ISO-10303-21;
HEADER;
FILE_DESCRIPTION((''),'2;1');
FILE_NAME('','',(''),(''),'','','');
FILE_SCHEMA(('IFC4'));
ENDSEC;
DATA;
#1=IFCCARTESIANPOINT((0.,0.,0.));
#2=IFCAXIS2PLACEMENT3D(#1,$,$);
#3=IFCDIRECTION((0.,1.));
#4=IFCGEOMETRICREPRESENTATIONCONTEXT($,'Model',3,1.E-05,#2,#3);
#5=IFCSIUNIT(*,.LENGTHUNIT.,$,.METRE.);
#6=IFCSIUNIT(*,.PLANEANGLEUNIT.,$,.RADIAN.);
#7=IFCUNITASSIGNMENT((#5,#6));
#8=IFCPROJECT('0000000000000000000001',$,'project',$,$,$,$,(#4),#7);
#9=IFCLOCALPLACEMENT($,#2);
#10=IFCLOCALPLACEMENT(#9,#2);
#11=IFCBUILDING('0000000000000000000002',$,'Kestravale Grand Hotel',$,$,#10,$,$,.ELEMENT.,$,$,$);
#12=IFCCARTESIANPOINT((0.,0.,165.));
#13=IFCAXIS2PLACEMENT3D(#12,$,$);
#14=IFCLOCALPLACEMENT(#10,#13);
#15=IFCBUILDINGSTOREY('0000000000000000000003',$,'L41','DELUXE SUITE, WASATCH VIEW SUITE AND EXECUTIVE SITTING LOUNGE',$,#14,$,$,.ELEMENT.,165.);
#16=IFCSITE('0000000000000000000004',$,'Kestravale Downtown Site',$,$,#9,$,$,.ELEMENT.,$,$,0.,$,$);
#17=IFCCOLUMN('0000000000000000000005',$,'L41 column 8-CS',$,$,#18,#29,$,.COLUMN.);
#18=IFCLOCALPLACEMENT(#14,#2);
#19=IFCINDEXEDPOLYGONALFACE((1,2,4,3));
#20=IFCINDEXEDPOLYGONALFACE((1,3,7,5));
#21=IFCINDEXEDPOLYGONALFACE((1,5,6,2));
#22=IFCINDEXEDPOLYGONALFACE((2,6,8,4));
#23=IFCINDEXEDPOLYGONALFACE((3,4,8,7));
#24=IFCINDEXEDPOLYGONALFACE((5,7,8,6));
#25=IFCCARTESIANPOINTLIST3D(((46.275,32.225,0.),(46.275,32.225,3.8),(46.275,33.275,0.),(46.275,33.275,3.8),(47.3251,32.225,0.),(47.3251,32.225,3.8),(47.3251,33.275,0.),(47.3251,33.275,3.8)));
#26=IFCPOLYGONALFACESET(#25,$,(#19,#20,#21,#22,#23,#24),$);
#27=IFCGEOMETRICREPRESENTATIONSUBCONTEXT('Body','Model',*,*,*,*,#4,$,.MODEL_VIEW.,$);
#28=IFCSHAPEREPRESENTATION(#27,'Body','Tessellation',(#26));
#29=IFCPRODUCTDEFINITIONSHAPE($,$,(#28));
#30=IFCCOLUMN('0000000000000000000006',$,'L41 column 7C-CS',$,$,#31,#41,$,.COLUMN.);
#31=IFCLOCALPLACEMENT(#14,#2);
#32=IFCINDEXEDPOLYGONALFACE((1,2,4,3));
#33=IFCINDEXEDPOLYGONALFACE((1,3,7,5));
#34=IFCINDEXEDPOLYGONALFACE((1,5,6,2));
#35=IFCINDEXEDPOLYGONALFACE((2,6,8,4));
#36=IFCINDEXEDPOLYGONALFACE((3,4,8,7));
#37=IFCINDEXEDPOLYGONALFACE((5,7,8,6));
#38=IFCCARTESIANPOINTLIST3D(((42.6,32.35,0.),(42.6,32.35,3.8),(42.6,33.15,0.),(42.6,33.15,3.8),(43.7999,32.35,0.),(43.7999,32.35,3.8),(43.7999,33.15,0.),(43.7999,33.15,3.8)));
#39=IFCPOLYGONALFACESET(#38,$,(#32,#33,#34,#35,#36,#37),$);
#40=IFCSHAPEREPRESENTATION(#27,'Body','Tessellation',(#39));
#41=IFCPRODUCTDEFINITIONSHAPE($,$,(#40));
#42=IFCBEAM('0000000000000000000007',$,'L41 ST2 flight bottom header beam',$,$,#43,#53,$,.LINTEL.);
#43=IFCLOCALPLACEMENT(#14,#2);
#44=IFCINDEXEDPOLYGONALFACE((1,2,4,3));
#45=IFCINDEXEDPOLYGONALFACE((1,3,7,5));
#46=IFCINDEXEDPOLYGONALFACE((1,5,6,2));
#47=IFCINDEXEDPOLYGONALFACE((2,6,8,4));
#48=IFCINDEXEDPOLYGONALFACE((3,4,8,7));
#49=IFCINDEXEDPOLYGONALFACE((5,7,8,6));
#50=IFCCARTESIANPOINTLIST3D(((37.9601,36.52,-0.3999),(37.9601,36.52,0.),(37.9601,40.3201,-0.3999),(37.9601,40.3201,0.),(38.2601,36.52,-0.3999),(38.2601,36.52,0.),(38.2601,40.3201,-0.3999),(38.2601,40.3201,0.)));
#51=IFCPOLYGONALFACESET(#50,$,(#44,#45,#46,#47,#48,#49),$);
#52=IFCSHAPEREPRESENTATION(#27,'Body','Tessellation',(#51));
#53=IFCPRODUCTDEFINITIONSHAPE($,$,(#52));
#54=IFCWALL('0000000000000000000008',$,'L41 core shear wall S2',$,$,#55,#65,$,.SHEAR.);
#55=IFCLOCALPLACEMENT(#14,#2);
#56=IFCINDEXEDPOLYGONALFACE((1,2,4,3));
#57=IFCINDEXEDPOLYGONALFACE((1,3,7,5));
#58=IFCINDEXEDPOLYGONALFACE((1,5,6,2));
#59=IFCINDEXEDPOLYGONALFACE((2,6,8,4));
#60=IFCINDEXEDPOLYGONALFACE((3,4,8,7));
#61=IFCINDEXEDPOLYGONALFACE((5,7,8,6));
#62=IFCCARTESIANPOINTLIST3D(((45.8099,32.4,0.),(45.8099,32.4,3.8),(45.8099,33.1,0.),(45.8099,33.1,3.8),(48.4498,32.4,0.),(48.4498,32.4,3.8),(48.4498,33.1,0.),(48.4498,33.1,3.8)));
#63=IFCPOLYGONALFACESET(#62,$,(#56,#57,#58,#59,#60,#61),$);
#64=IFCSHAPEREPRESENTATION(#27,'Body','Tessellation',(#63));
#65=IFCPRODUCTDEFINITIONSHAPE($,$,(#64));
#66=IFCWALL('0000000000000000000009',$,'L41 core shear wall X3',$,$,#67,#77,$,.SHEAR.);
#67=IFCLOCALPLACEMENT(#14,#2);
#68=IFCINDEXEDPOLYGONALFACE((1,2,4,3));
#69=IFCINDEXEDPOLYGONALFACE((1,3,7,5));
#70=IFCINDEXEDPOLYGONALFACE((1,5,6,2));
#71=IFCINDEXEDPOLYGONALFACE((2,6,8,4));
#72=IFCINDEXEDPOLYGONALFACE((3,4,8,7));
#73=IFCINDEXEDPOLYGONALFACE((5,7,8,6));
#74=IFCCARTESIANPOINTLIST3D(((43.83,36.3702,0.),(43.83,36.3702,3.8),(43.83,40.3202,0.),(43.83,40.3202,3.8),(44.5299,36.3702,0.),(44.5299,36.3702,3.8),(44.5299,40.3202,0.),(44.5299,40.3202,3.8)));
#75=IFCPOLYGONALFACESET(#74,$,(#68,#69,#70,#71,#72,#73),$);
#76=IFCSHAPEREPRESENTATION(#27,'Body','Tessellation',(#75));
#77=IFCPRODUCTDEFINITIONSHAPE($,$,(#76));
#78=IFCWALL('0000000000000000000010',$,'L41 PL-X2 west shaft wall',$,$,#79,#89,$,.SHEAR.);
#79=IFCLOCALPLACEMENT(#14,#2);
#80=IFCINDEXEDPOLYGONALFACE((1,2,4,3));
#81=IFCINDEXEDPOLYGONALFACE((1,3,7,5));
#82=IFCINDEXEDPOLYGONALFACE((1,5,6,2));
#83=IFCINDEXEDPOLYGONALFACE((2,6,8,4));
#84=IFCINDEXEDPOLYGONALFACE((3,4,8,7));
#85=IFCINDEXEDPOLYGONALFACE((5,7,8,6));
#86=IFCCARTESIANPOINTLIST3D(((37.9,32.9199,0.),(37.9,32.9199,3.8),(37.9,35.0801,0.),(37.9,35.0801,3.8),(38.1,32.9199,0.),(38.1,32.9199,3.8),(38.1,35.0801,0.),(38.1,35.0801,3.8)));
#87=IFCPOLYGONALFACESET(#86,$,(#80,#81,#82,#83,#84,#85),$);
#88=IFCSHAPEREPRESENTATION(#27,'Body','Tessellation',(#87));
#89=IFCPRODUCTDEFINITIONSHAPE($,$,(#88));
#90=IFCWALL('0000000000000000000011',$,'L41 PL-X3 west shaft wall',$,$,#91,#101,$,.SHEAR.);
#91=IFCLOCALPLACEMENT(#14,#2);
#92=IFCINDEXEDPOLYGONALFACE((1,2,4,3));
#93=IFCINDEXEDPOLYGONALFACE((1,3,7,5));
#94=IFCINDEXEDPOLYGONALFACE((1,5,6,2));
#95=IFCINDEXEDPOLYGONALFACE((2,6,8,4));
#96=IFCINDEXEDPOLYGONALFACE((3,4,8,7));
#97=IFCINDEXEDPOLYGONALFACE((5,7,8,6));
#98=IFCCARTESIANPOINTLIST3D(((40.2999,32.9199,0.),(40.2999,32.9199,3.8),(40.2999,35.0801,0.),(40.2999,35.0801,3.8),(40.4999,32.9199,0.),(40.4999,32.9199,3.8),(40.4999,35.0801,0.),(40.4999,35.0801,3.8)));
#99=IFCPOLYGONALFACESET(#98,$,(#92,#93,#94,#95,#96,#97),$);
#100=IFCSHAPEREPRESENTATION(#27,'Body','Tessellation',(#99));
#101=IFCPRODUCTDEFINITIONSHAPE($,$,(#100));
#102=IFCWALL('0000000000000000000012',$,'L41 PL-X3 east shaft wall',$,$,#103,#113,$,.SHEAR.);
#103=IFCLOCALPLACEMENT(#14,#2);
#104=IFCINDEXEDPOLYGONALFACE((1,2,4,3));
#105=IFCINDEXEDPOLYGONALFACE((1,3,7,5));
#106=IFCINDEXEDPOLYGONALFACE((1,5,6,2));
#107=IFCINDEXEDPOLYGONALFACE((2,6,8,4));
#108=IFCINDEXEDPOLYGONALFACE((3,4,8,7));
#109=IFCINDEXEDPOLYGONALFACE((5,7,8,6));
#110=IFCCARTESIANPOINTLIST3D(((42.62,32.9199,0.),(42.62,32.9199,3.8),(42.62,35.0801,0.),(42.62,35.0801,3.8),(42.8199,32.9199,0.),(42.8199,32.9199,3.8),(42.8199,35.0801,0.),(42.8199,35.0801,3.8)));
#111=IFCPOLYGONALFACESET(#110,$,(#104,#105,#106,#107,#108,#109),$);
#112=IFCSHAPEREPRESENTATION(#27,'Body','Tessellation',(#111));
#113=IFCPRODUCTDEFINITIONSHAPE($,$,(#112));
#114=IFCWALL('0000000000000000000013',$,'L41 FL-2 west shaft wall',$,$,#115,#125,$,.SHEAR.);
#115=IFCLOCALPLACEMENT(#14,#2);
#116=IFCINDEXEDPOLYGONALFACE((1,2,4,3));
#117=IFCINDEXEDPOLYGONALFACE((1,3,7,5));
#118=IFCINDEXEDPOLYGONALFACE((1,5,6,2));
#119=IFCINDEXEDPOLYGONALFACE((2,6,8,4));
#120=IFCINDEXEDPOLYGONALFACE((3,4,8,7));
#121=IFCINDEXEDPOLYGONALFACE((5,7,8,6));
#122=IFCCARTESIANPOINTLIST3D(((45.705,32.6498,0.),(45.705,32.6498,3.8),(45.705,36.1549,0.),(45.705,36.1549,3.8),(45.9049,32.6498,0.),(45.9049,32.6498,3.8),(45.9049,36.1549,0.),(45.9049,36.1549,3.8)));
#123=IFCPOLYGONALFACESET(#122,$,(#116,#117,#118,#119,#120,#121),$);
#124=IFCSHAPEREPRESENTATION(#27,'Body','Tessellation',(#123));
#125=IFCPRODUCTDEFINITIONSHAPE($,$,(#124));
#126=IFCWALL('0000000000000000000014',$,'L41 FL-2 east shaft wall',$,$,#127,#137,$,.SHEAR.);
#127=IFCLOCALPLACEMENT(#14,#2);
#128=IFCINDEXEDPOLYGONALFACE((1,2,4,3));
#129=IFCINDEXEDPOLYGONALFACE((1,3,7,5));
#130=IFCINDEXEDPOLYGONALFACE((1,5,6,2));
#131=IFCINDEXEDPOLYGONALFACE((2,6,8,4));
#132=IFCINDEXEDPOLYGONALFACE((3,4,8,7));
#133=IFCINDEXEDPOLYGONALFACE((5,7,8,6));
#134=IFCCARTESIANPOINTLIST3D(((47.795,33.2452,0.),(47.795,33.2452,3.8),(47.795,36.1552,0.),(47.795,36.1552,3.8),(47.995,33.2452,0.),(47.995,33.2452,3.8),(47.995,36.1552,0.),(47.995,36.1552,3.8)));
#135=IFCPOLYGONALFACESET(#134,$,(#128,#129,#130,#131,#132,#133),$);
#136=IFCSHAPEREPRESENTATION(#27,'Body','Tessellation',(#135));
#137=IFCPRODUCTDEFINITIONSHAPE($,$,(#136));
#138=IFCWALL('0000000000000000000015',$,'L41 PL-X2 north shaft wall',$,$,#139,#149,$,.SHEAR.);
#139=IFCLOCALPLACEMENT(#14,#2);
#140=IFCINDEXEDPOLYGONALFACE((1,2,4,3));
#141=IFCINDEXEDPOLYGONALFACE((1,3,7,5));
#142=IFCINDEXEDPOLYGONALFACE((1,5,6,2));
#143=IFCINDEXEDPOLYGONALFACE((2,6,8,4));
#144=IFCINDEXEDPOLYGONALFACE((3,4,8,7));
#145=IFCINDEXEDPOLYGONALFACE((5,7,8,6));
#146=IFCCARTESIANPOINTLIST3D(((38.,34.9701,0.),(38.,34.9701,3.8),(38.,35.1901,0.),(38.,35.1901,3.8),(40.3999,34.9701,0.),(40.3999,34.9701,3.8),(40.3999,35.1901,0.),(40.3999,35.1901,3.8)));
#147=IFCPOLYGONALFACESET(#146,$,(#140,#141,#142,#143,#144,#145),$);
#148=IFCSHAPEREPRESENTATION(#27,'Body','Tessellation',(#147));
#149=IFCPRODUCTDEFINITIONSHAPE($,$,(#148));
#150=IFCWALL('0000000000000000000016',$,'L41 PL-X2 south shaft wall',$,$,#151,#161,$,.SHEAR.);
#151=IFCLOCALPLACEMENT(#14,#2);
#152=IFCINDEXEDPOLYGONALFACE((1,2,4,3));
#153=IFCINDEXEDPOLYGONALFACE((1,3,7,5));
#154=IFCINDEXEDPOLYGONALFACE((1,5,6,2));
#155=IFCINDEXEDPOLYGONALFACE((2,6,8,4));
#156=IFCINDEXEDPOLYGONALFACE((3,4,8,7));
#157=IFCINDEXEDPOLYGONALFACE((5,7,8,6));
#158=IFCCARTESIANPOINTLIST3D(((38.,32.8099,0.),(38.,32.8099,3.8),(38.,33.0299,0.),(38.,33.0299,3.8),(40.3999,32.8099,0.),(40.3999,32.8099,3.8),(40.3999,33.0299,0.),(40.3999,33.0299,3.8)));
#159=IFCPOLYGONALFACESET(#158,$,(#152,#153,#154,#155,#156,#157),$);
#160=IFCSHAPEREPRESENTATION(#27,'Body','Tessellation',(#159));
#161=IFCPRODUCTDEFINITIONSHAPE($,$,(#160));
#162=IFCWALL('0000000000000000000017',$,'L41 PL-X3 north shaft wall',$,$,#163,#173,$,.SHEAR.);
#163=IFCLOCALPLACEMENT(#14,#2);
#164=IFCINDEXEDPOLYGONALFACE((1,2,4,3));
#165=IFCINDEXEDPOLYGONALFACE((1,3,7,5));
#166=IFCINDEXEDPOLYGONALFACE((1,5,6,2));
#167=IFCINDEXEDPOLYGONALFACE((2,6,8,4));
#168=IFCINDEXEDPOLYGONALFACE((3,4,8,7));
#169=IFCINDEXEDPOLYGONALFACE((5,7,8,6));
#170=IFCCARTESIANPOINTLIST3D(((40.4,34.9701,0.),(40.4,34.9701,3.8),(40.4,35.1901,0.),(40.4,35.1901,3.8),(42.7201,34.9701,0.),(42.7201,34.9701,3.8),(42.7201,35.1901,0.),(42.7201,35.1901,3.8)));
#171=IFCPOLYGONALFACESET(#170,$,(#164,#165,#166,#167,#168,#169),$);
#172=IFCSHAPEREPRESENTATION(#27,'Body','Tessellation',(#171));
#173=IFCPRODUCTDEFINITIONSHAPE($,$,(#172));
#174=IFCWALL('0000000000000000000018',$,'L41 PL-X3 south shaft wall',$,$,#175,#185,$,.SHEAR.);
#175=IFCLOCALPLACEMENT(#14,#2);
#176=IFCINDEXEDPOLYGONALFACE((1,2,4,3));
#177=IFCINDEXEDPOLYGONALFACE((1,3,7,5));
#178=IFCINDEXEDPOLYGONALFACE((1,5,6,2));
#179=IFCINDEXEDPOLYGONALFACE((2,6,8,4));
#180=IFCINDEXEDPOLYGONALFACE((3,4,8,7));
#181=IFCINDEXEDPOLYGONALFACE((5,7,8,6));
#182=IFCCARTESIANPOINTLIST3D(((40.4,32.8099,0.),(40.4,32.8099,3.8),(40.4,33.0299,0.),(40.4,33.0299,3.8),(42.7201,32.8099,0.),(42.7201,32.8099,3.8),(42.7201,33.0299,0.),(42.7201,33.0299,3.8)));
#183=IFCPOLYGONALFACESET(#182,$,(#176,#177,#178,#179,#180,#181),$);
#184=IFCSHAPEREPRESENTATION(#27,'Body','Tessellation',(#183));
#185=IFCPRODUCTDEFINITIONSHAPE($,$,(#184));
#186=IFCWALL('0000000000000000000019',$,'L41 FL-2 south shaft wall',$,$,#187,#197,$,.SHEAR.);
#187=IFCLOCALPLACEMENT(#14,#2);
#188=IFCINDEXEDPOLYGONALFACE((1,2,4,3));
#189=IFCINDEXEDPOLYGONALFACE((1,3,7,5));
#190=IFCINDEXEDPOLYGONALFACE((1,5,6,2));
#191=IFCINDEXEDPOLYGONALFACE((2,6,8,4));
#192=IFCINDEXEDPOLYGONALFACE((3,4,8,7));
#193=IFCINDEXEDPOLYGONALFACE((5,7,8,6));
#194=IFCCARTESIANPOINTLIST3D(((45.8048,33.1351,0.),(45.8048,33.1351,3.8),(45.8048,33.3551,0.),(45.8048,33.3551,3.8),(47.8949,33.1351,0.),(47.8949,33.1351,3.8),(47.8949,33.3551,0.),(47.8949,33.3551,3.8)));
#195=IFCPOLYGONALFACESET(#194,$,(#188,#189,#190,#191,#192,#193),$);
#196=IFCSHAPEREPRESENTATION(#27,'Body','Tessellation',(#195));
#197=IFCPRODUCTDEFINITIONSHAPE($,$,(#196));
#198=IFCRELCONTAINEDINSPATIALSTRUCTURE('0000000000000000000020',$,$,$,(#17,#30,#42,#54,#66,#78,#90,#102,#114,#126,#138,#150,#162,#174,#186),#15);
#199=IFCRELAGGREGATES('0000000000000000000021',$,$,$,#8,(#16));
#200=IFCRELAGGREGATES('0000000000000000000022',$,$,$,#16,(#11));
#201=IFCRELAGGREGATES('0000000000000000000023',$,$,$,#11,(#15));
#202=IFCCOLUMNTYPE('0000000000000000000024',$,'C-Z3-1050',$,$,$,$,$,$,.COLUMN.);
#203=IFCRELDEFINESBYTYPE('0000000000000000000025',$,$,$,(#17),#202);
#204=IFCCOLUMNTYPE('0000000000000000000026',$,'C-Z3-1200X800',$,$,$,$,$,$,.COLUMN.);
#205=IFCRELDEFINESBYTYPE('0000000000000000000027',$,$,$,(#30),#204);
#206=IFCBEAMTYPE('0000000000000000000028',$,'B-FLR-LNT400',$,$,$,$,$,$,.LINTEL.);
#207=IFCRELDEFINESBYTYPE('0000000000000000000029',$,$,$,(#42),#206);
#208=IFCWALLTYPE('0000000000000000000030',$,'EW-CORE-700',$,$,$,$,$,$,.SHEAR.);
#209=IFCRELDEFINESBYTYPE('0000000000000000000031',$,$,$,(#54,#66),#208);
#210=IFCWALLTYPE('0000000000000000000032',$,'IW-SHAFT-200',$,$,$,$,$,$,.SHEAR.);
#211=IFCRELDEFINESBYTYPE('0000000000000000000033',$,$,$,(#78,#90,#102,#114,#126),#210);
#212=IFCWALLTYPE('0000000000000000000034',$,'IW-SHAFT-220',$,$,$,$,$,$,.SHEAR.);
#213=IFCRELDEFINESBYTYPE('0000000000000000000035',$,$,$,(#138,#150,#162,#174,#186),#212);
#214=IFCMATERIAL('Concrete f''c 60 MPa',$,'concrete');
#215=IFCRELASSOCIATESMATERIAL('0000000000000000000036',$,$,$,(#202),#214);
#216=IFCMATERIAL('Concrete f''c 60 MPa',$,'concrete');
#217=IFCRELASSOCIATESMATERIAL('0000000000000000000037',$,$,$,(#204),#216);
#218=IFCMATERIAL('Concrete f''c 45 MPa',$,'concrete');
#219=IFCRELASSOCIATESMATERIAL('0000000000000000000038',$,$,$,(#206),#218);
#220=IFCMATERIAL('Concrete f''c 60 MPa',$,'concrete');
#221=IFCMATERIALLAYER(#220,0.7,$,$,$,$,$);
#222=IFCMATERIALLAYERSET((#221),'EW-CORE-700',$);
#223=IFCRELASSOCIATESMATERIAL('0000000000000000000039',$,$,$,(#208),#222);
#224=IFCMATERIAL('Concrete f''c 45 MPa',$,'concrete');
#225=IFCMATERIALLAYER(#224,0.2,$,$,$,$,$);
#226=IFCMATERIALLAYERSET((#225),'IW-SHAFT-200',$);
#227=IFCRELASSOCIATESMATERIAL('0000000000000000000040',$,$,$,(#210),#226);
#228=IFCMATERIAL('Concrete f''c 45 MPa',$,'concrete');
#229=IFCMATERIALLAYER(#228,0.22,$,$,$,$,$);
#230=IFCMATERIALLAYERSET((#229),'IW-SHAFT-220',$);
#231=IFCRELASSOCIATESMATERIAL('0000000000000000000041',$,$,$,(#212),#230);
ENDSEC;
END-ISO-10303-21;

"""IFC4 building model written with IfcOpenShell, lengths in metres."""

from ifc_helpers import new_model, si_unit, direction, frame, frame_2d, origin, origin_2d, place, context, subcontext, project, spatial, rectangle, extrude, material, layer, layer_set, material_profile, profile_set, type_object, element, save


model = new_model("IFC4")

# Units and contexts
model_context = context("Model", 3, precision=1e-05, world=origin(), true_north=direction((0.0, 1.0)))
body_context = subcontext(model_context, "Body", "Model", "MODEL_VIEW")
ifc_project = project(units=[si_unit("LENGTHUNIT", "METRE"), si_unit("PLANEANGLEUNIT", "RADIAN")], contexts=[model_context])

# Site, building, storey
site_placement = place(None, origin())
site = spatial("IfcSite", under=ifc_project, at=site_placement, Name="Kestravale Downtown Site", CompositionType="ELEMENT", RefElevation=0.0)
building_placement = place(site_placement, origin())
building = spatial("IfcBuilding", under=site, at=building_placement, Name="Kestravale Grand Hotel", CompositionType="ELEMENT")
storey_placement = place(building_placement, frame((0.0, 0.0, 165.0)))
storey = spatial("IfcBuildingStorey", under=building, at=storey_placement, Name="L41", Description="DELUXE SUITE, WASATCH VIEW SUITE AND EXECUTIVE SITTING LOUNGE", CompositionType="ELEMENT", Elevation=165.0)

# Columns
ifc_material_1 = material(Name="Concrete f'c 60 MPa", Category="concrete")
ifc_material_profile_1 = material_profile(ifc_material_1, rectangle(XDim=1.05, YDim=1.05, at=origin_2d()))
ifc_profile_set_1 = profile_set([ifc_material_profile_1], Name="Concrete f'c 60 MPa")
column_type_1 = type_object("IfcColumnType", Name="C-Z3-1050", PredefinedType="COLUMN", material=ifc_profile_set_1)
column_1_placement = place(storey_placement, frame((46.8, 32.75, 0.0), z_axis=(0.0, 0.0, 1.0), x_axis=(1.0, 0.0, 0.0)))
element("IfcColumn", 1, at=column_1_placement, inside=storey, type_object=column_type_1, Name="L41 column 8-CS", PredefinedType="COLUMN", context=body_context, shape_type="SweptSolid", body=[
    extrude(rectangle(XDim=1.05, YDim=1.05, at=origin_2d()), origin(), (0.0, 0.0, 1.0), 3.8),
])
ifc_material_2 = material(Name="Concrete f'c 60 MPa", Category="concrete")
ifc_material_profile_2 = material_profile(ifc_material_2, rectangle(XDim=1.2, YDim=0.8, at=origin_2d()))
ifc_profile_set_2 = profile_set([ifc_material_profile_2], Name="Concrete f'c 60 MPa")
column_type_2 = type_object("IfcColumnType", Name="C-Z3-1200X800", PredefinedType="COLUMN", material=ifc_profile_set_2)
column_2_placement = place(storey_placement, frame((43.2, 32.75, 0.0), z_axis=(0.0, 0.0, 1.0), x_axis=(1.0, 0.0, 0.0)))
element("IfcColumn", 2, at=column_2_placement, inside=storey, type_object=column_type_2, Name="L41 column 7C-CS", PredefinedType="COLUMN", context=body_context, shape_type="SweptSolid", body=[
    extrude(rectangle(XDim=1.2, YDim=0.8, at=origin_2d()), origin(), (0.0, 0.0, 1.0), 3.8),
])

# Beam
ifc_material_3 = material(Name="Concrete f'c 45 MPa", Category="concrete")
ifc_material_profile_3 = material_profile(ifc_material_3, rectangle(XDim=0.3, YDim=0.3999, at=origin_2d()))
ifc_profile_set_3 = profile_set([ifc_material_profile_3], Name="Concrete f'c 45 MPa")
beam_type = type_object("IfcBeamType", Name="B-FLR-LNT400", PredefinedType="LINTEL", material=ifc_profile_set_3)
beam_placement = place(storey_placement, frame((38.1101, 36.52, -0.2), z_axis=(0.0, 1.0, 0.0), x_axis=(-1.0, 0.0, 0.0)))
element("IfcBeam", 3, at=beam_placement, inside=storey, type_object=beam_type, Name="L41 ST2 flight bottom header beam", PredefinedType="LINTEL", context=body_context, shape_type="SweptSolid", body=[
    extrude(rectangle(XDim=0.3, YDim=0.3999, at=origin_2d()), origin(), (0.0, 0.0, 1.0), 3.8),
])

# Walls
ifc_material_4 = material(Name="Concrete f'c 60 MPa", Category="concrete")
ifc_layer_1 = layer(ifc_material_4, 0.7)
ifc_layer_set_1 = layer_set([ifc_layer_1], Name="EW-CORE-700")
wall_type_1 = type_object("IfcWallType", Name="EW-CORE-700", PredefinedType="SHEAR", material=ifc_layer_set_1)
wall_1_placement = place(storey_placement, frame((45.8101, 32.75, 0.0), z_axis=(0.0, 0.0, 1.0), x_axis=(1.0, 0.0, 0.0)))
element("IfcWall", 4, at=wall_1_placement, inside=storey, type_object=wall_type_1, Name="L41 core shear wall S2", PredefinedType="SHEAR", context=body_context, shape_type="SweptSolid", body=[
    extrude(rectangle(XDim=2.6399, YDim=0.7, at=frame_2d((1.3198, 0.0))), origin(), (0.0, 0.0, 1.0), 3.8),
])
wall_2_placement = place(storey_placement, frame((44.1799, 36.3701, 0.0), z_axis=(0.0, 0.0, 1.0), x_axis=(0.0, 1.0, 0.0)))
element("IfcWall", 5, at=wall_2_placement, inside=storey, type_object=wall_type_1, Name="L41 core shear wall X3", PredefinedType="SHEAR", context=body_context, shape_type="SweptSolid", body=[
    extrude(rectangle(XDim=3.95, YDim=0.7, at=frame_2d((1.9751, 0.0))), origin(), (0.0, 0.0, 1.0), 3.8),
])

# Walls
ifc_material_5 = material(Name="Concrete f'c 45 MPa", Category="concrete")
ifc_layer_2 = layer(ifc_material_5, 0.2)
ifc_layer_set_2 = layer_set([ifc_layer_2], Name="IW-SHAFT-200")
wall_type_2 = type_object("IfcWallType", Name="IW-SHAFT-200", PredefinedType="SHEAR", material=ifc_layer_set_2)
for number, where, z_axis, x_axis, name in (
    (6, (38.0, 32.9199, 0.0), (0.0, 0.0, 1.0), (0.0, 1.0, 0.0), "L41 PL-X2 west shaft wall"),
    (7, (40.3999, 32.9199, 0.0), (0.0, 0.0, 1.0), (0.0, 1.0, 0.0), "L41 PL-X3 west shaft wall"),
    (8, (42.72, 32.9199, 0.0), (0.0, 0.0, 1.0), (0.0, 1.0, 0.0), "L41 PL-X3 east shaft wall"),
):
    element("IfcWall", number, at=place(storey_placement, frame(where, z_axis=z_axis, x_axis=x_axis)), inside=storey, type_object=wall_type_2, Name=name, PredefinedType="SHEAR", context=body_context, shape_type="SweptSolid", body=[
        extrude(rectangle(XDim=2.1602, YDim=0.2, at=frame_2d((1.0801, 0.0))), origin(), (0.0, 0.0, 1.0), 3.8),
    ])
wall_3_placement = place(storey_placement, frame((45.8049, 32.6499, 0.0), z_axis=(0.0, 0.0, 1.0), x_axis=(0.0, 1.0, 0.0)))
element("IfcWall", 9, at=wall_3_placement, inside=storey, type_object=wall_type_2, Name="L41 FL-2 west shaft wall", PredefinedType="SHEAR", context=body_context, shape_type="SweptSolid", body=[
    extrude(rectangle(XDim=3.5051, YDim=0.2, at=frame_2d((1.7524, 0.0))), origin(), (0.0, 0.0, 1.0), 3.8),
])
wall_4_placement = place(storey_placement, frame((47.895, 33.2451, 0.0), z_axis=(0.0, 0.0, 1.0), x_axis=(0.0, 1.0, 0.0)))
element("IfcWall", 10, at=wall_4_placement, inside=storey, type_object=wall_type_2, Name="L41 FL-2 east shaft wall", PredefinedType="SHEAR", context=body_context, shape_type="SweptSolid", body=[
    extrude(rectangle(XDim=2.9099, YDim=0.2, at=frame_2d((1.4551, 0.0))), origin(), (0.0, 0.0, 1.0), 3.8),
])

# Shared definitions
ifc_material_6 = material(Name="Concrete f'c 45 MPa", Category="concrete")
ifc_layer_3 = layer(ifc_material_6, 0.22)
ifc_layer_set_3 = layer_set([ifc_layer_3], Name="IW-SHAFT-220")
wall_type_3 = type_object("IfcWallType", Name="IW-SHAFT-220", PredefinedType="SHEAR", material=ifc_layer_set_3)

# Walls
for number, where, z_axis, x_axis, name in (
    (11, (38.0, 35.0801, 0.0), (0.0, 0.0, 1.0), (1.0, 0.0, 0.0), "L41 PL-X2 north shaft wall"),
    (12, (38.0, 32.9199, 0.0), (0.0, 0.0, 1.0), (1.0, 0.0, 0.0), "L41 PL-X2 south shaft wall"),
):
    element("IfcWall", number, at=place(storey_placement, frame(where, z_axis=z_axis, x_axis=x_axis)), inside=storey, type_object=wall_type_3, Name=name, PredefinedType="SHEAR", context=body_context, shape_type="SweptSolid", body=[
        extrude(rectangle(XDim=2.3999, YDim=0.22, at=frame_2d((1.2, 0.0))), origin(), (0.0, 0.0, 1.0), 3.8),
    ])
for number, where, z_axis, x_axis, name in (
    (13, (40.3999, 35.0801, 0.0), (0.0, 0.0, 1.0), (1.0, 0.0, 0.0), "L41 PL-X3 north shaft wall"),
    (14, (40.3999, 32.9199, 0.0), (0.0, 0.0, 1.0), (1.0, 0.0, 0.0), "L41 PL-X3 south shaft wall"),
):
    element("IfcWall", number, at=place(storey_placement, frame(where, z_axis=z_axis, x_axis=x_axis)), inside=storey, type_object=wall_type_3, Name=name, PredefinedType="SHEAR", context=body_context, shape_type="SweptSolid", body=[
        extrude(rectangle(XDim=2.3201, YDim=0.22, at=frame_2d((1.1602, 0.0))), origin(), (0.0, 0.0, 1.0), 3.8),
    ])

# Wall
wall_5_placement = place(storey_placement, frame((45.8049, 33.2451, 0.0), z_axis=(0.0, 0.0, 1.0), x_axis=(1.0, 0.0, 0.0)))
element("IfcWall", 15, at=wall_5_placement, inside=storey, type_object=wall_type_3, Name="L41 FL-2 south shaft wall", PredefinedType="SHEAR", context=body_context, shape_type="SweptSolid", body=[
    extrude(rectangle(XDim=2.0901, YDim=0.22, at=frame_2d((1.0449, 0.0))), origin(), (0.0, 0.0, 1.0), 3.8),
])

save(model, "model.ifc")
